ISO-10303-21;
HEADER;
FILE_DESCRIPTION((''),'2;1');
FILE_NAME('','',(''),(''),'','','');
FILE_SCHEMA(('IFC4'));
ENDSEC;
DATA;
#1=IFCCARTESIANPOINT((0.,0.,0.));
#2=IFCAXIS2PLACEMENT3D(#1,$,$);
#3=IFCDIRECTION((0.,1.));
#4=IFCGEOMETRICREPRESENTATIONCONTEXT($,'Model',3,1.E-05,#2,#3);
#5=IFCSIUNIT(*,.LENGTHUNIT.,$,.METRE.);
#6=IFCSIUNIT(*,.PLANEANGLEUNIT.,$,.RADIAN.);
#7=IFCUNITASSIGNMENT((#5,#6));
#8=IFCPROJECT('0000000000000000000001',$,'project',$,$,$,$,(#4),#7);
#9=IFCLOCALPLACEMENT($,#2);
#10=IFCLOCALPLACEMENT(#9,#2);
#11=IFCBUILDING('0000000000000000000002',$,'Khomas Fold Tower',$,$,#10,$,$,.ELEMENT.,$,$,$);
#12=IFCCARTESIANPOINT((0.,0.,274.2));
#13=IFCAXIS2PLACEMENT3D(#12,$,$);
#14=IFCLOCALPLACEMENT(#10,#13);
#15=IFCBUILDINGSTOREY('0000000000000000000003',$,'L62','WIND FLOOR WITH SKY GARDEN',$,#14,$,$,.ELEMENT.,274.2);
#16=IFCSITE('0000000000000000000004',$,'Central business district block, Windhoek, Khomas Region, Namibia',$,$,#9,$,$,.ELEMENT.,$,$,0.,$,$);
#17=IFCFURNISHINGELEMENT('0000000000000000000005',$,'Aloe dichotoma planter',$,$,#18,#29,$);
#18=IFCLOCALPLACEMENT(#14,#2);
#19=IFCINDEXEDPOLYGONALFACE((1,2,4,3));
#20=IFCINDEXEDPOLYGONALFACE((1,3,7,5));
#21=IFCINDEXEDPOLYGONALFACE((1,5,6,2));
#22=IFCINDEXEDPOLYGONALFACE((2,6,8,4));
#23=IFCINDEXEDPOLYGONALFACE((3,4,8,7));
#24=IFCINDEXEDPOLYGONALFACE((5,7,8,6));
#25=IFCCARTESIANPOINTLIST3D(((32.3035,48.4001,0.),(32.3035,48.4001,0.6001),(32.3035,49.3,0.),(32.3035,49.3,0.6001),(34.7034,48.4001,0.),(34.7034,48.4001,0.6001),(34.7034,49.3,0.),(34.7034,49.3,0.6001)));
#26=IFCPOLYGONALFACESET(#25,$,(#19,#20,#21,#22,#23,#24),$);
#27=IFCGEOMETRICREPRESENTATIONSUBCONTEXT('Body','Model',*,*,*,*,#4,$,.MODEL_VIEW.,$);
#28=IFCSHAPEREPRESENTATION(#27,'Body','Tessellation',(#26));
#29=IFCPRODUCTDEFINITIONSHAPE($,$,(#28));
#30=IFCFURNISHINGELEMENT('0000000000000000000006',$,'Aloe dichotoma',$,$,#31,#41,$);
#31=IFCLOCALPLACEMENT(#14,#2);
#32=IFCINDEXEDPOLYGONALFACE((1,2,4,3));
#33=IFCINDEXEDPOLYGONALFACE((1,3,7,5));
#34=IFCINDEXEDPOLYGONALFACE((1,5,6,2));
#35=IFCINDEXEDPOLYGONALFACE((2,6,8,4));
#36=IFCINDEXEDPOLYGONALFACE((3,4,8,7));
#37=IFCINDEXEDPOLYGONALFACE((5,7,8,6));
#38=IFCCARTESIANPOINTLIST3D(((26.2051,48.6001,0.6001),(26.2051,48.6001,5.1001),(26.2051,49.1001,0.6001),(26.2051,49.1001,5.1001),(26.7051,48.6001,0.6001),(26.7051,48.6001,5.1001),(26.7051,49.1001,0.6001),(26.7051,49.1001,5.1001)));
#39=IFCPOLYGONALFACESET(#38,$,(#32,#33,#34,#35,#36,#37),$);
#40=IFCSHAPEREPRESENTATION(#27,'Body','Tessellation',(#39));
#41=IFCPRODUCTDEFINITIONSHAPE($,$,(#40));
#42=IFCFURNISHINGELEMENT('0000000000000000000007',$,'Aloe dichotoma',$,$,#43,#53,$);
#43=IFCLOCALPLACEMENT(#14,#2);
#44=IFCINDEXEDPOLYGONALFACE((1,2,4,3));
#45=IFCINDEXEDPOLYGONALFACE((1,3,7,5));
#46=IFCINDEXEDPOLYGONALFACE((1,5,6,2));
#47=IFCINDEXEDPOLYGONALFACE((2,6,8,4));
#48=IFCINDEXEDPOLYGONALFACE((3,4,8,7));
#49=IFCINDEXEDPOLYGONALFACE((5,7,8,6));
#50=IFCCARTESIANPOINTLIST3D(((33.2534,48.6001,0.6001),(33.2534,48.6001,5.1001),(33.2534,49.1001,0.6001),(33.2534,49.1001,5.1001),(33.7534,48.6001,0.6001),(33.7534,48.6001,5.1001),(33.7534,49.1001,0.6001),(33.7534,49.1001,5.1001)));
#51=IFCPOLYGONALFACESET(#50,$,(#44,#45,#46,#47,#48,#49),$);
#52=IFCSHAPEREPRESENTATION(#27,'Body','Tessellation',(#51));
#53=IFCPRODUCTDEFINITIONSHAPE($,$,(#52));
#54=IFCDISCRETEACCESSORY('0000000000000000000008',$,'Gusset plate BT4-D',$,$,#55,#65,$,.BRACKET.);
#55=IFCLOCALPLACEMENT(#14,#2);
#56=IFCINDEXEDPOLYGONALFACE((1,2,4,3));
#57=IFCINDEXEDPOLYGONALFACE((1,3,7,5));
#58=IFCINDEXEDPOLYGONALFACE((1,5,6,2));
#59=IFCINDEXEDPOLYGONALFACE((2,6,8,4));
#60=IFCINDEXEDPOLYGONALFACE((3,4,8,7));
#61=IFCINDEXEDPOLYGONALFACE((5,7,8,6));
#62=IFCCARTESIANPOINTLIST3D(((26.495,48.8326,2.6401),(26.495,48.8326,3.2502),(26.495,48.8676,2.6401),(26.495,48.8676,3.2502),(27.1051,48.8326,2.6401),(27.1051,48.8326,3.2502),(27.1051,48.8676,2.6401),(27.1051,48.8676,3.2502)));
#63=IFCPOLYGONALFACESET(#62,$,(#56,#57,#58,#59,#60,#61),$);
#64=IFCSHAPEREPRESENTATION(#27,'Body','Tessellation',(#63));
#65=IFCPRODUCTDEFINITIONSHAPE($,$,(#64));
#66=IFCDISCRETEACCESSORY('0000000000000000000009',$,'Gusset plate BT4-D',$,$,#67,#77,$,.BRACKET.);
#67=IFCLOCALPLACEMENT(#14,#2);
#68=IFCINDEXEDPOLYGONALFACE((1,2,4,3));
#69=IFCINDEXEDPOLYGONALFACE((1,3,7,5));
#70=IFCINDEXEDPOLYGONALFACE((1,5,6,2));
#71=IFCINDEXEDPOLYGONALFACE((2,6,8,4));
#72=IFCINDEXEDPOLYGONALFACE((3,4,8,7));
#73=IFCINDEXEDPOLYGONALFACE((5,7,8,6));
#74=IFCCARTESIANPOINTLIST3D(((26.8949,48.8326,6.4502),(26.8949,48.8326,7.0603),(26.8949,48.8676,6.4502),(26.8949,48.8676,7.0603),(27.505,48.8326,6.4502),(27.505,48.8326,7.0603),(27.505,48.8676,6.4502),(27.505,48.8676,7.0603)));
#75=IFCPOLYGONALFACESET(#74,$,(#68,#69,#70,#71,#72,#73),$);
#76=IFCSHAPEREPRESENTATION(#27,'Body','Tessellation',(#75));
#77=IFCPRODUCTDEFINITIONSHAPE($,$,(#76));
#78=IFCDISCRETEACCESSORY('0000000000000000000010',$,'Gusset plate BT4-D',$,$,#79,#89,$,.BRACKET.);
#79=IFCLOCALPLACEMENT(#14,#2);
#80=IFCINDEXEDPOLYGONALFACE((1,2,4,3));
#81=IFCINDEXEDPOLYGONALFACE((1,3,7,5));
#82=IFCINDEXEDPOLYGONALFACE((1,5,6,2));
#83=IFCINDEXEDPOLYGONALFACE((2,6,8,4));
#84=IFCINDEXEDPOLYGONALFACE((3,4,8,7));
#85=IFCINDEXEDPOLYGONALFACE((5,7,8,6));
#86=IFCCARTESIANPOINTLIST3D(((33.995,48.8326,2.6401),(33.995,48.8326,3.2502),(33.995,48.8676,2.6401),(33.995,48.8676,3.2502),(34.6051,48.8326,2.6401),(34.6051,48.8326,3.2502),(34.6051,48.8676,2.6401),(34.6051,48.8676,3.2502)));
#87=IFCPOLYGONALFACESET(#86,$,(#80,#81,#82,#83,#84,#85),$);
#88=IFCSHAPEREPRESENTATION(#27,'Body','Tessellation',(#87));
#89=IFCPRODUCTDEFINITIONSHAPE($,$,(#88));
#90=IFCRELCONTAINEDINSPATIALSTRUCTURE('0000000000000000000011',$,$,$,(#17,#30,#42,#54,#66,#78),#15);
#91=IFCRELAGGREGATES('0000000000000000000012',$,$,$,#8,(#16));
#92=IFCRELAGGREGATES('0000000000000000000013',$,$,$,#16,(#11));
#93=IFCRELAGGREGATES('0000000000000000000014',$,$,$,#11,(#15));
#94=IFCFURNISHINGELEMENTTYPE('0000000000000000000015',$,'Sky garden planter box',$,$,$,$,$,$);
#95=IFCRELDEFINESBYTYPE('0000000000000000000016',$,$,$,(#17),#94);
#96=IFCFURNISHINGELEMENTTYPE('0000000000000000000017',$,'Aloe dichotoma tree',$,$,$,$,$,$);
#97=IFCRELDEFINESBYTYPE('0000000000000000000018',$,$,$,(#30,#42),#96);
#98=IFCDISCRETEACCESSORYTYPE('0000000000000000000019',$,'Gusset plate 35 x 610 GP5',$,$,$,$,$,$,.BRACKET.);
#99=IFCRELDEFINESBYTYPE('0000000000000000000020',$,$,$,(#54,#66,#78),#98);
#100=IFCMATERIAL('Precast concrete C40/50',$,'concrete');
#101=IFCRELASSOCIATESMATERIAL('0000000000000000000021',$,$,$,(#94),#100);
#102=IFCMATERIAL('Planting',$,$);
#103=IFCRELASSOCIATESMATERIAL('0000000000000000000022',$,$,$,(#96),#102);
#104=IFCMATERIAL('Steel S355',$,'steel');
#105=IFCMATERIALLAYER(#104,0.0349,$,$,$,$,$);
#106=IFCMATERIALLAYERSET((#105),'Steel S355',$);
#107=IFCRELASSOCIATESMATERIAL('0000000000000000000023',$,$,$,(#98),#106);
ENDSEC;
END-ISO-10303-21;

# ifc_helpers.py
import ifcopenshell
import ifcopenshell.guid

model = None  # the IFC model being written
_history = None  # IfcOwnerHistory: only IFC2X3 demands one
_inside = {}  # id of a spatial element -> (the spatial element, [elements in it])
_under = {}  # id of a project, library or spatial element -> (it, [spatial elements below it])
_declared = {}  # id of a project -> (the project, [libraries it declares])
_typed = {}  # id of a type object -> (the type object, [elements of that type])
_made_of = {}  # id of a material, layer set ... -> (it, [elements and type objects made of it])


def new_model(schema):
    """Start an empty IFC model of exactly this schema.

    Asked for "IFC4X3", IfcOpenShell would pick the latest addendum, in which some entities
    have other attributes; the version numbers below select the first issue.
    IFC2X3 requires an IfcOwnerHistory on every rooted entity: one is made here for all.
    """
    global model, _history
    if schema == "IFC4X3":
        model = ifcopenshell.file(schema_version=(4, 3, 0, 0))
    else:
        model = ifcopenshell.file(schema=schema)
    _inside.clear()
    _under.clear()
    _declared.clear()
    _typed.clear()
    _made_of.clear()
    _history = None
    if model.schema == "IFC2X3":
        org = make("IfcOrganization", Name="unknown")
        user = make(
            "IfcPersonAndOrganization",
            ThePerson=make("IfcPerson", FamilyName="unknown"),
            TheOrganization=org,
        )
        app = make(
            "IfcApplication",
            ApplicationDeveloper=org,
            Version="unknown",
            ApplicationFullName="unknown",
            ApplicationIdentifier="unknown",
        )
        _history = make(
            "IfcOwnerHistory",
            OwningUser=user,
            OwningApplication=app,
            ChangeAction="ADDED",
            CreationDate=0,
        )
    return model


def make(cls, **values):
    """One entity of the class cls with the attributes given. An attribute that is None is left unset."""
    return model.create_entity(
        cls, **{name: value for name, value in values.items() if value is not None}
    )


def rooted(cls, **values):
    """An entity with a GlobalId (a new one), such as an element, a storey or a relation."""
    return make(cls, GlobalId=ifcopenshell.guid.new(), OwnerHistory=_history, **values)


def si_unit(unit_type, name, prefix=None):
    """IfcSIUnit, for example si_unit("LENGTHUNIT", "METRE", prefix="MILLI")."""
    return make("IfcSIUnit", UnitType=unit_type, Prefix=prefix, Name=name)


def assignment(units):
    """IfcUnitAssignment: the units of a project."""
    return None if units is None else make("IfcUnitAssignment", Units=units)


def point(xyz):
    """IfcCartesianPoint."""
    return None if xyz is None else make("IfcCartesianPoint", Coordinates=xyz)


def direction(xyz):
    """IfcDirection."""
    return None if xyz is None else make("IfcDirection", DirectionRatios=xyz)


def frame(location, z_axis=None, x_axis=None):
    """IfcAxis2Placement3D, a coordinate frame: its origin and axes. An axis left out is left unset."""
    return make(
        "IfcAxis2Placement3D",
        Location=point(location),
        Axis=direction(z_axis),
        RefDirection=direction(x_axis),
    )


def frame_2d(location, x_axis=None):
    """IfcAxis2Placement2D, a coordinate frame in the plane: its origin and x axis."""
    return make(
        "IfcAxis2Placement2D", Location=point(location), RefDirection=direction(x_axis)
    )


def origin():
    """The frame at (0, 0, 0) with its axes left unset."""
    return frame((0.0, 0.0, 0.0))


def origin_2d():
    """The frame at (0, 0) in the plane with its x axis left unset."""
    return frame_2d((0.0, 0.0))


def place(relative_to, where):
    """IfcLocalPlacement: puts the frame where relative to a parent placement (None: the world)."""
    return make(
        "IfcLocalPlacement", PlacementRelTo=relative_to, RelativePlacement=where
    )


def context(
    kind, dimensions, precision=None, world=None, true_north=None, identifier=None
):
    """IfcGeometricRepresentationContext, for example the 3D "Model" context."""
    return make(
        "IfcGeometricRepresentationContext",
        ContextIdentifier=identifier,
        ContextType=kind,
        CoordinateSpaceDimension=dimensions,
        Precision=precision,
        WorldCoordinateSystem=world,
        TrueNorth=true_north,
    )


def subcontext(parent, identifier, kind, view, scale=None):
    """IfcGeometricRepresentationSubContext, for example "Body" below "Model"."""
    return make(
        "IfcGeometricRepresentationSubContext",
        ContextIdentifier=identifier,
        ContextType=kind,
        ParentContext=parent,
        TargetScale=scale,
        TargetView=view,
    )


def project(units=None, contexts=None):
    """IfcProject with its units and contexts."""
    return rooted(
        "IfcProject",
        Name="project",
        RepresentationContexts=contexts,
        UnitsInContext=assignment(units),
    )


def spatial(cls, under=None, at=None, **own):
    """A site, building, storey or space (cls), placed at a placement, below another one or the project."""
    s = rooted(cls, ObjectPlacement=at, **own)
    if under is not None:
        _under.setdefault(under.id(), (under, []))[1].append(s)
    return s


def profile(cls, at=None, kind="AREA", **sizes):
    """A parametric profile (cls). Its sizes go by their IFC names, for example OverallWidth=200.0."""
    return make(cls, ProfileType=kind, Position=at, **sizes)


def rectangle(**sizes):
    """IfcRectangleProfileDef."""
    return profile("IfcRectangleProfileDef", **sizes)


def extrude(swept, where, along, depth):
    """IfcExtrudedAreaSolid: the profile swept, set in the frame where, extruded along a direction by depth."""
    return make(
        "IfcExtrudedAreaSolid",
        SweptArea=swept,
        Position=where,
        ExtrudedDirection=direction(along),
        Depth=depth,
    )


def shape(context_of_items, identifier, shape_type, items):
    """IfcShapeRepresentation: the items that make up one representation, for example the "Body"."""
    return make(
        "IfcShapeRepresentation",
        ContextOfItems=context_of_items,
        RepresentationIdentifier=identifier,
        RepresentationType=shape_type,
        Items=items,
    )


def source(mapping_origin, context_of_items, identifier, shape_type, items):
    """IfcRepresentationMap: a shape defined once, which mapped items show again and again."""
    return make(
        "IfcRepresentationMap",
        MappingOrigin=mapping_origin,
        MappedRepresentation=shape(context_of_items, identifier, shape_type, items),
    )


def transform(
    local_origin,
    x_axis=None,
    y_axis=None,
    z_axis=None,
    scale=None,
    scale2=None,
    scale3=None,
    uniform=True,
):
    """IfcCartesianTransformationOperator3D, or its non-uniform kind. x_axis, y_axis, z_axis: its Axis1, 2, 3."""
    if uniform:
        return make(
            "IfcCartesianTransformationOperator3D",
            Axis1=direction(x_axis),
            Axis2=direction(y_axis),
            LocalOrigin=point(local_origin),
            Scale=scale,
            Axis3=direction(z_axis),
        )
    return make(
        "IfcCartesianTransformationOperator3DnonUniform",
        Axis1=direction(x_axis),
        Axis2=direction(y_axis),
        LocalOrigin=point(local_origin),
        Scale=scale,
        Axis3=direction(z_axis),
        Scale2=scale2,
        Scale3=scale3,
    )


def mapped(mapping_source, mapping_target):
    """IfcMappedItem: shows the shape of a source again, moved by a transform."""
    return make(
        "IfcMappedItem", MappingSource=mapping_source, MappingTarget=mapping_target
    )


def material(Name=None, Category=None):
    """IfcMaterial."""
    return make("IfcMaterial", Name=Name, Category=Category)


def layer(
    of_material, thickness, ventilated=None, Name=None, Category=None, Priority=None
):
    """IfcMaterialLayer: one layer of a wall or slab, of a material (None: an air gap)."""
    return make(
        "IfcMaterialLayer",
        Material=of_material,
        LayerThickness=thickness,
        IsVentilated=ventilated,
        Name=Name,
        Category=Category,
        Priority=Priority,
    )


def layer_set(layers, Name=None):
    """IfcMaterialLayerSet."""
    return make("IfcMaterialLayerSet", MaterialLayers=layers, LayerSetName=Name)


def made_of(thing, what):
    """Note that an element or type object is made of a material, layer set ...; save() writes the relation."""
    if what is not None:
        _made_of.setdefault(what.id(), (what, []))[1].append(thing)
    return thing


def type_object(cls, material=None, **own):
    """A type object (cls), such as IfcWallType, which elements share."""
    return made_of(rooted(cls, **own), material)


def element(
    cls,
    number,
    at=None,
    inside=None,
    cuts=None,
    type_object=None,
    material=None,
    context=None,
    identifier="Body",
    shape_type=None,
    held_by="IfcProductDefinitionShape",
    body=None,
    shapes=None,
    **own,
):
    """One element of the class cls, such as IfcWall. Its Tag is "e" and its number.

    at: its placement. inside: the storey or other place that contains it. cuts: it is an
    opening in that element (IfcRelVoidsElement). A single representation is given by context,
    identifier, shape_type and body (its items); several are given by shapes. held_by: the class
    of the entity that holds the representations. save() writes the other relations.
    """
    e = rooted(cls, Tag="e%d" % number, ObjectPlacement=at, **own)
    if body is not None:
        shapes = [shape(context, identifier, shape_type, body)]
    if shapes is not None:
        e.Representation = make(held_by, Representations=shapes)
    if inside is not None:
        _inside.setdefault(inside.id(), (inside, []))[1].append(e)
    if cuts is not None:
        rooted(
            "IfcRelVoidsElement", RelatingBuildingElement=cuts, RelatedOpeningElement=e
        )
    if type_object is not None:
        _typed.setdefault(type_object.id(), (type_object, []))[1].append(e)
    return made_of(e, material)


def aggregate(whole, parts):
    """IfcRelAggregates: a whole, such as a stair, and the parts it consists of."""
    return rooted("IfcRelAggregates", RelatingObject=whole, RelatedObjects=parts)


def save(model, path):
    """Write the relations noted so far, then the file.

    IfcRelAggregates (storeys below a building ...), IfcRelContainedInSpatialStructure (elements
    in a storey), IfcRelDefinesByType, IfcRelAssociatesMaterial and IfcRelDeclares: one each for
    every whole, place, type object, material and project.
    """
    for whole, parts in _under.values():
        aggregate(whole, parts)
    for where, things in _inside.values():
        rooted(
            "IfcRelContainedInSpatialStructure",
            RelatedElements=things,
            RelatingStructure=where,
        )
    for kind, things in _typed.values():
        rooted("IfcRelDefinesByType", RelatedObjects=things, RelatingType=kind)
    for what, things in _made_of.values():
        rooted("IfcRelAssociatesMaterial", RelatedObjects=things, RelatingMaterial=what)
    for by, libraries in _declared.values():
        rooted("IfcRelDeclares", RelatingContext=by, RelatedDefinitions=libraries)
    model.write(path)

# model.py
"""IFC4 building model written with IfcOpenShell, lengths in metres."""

from ifc_helpers import new_model, si_unit, direction, frame, origin, origin_2d, place, context, subcontext, project, spatial, rectangle, extrude, source, transform, mapped, material, layer, layer_set, type_object, element, save


model = new_model("IFC4")

# Units and contexts
model_context = context("Model", 3, precision=1e-05, world=origin(), true_north=direction((0.0, 1.0)))
body_context = subcontext(model_context, "Body", "Model", "MODEL_VIEW")
ifc_project = project(units=[si_unit("LENGTHUNIT", "METRE"), si_unit("PLANEANGLEUNIT", "RADIAN")], contexts=[model_context])

# Site, building, storey
site_placement = place(None, origin())
site = spatial("IfcSite", under=ifc_project, at=site_placement, Name="Central business district block, Windhoek, Khomas Region, Namibia", CompositionType="ELEMENT", RefElevation=0.0)
building_placement = place(site_placement, origin())
building = spatial("IfcBuilding", under=site, at=building_placement, Name="Khomas Fold Tower", CompositionType="ELEMENT")
storey_placement = place(building_placement, frame((0.0, 0.0, 274.2)))
storey = spatial("IfcBuildingStorey", under=building, at=storey_placement, Name="L62", Description="WIND FLOOR WITH SKY GARDEN", CompositionType="ELEMENT", Elevation=274.2)

# Furnishing elements
ifc_material_1 = material(Name="Precast concrete C40/50", Category="concrete")
furnishing_element_type_1 = type_object("IfcFurnishingElementType", Name="Sky garden planter box", material=ifc_material_1)
shared_shape_1 = source(origin(), body_context, "Body", "SweptSolid", [
    extrude(rectangle(XDim=2.3999, YDim=0.8999, at=origin_2d()), origin(), (0.0, 0.0, 1.0), 0.6001),
])
for number, where, z_axis, x_axis, name in (
    (1, (33.5034, 48.8501, 0.0), (0.0, 0.0, 1.0), (1.0, 0.0, 0.0), "Aloe dichotoma planter"),
):
    element("IfcFurnishingElement", number, at=place(storey_placement, frame(where, z_axis=z_axis, x_axis=x_axis)), inside=storey, type_object=furnishing_element_type_1, Name=name, context=body_context, shape_type="MappedRepresentation", body=[
        mapped(shared_shape_1, transform((0.0, 0.0, 0.0))),
    ])
ifc_material_2 = material(Name="Planting")
furnishing_element_type_2 = type_object("IfcFurnishingElementType", Name="Aloe dichotoma tree", material=ifc_material_2)
shared_shape_2 = source(origin(), body_context, "Body", "SweptSolid", [
    extrude(rectangle(XDim=0.5, YDim=0.5, at=origin_2d()), origin(), (0.0, 0.0, 1.0), 4.5),
])
for number, where, z_axis, x_axis, name in (
    (2, (26.4551, 48.8501, 0.6001), (0.0, 0.0, 1.0), (1.0, 0.0, 0.0), "Aloe dichotoma"),
    (3, (33.5034, 48.8501, 0.6001), (0.0, 0.0, 1.0), (1.0, 0.0, 0.0), "Aloe dichotoma"),
):
    element("IfcFurnishingElement", number, at=place(storey_placement, frame(where, z_axis=z_axis, x_axis=x_axis)), inside=storey, type_object=furnishing_element_type_2, Name=name, context=body_context, shape_type="MappedRepresentation", body=[
        mapped(shared_shape_2, transform((0.0, 0.0, 0.0))),
    ])

# Discrete accessories
ifc_material_3 = material(Name="Steel S355", Category="steel")
ifc_layer_1 = layer(ifc_material_3, 0.0349)
ifc_layer_set_1 = layer_set([ifc_layer_1], Name="Steel S355")
discrete_accessory_type = type_object("IfcDiscreteAccessoryType", Name="Gusset plate 35 x 610 GP5", PredefinedType="BRACKET", material=ifc_layer_set_1)
shared_shape_3 = source(origin(), body_context, "Body", "SweptSolid", [
    extrude(rectangle(XDim=0.6101, YDim=0.0349, at=origin_2d()), origin(), (0.0, 0.0, 1.0), 0.6101),
])
for number, where, z_axis, x_axis, name in (
    (4, (26.8, 48.8501, 2.6401), (0.0, 0.0, 1.0), (1.0, 0.0, 0.0), "Gusset plate BT4-D"),
    (5, (27.2, 48.8501, 6.4502), (0.0, 0.0, 1.0), (1.0, 0.0, 0.0), "Gusset plate BT4-D"),
    (6, (34.3, 48.8501, 2.6401), (0.0, 0.0, 1.0), (1.0, 0.0, 0.0), "Gusset plate BT4-D"),
):
    element("IfcDiscreteAccessory", number, at=place(storey_placement, frame(where, z_axis=z_axis, x_axis=x_axis)), inside=storey, type_object=discrete_accessory_type, Name=name, PredefinedType="BRACKET", context=body_context, shape_type="MappedRepresentation", body=[
        mapped(shared_shape_3, transform((0.0, 0.0, 0.0))),
    ])

save(model, "model.ifc")
